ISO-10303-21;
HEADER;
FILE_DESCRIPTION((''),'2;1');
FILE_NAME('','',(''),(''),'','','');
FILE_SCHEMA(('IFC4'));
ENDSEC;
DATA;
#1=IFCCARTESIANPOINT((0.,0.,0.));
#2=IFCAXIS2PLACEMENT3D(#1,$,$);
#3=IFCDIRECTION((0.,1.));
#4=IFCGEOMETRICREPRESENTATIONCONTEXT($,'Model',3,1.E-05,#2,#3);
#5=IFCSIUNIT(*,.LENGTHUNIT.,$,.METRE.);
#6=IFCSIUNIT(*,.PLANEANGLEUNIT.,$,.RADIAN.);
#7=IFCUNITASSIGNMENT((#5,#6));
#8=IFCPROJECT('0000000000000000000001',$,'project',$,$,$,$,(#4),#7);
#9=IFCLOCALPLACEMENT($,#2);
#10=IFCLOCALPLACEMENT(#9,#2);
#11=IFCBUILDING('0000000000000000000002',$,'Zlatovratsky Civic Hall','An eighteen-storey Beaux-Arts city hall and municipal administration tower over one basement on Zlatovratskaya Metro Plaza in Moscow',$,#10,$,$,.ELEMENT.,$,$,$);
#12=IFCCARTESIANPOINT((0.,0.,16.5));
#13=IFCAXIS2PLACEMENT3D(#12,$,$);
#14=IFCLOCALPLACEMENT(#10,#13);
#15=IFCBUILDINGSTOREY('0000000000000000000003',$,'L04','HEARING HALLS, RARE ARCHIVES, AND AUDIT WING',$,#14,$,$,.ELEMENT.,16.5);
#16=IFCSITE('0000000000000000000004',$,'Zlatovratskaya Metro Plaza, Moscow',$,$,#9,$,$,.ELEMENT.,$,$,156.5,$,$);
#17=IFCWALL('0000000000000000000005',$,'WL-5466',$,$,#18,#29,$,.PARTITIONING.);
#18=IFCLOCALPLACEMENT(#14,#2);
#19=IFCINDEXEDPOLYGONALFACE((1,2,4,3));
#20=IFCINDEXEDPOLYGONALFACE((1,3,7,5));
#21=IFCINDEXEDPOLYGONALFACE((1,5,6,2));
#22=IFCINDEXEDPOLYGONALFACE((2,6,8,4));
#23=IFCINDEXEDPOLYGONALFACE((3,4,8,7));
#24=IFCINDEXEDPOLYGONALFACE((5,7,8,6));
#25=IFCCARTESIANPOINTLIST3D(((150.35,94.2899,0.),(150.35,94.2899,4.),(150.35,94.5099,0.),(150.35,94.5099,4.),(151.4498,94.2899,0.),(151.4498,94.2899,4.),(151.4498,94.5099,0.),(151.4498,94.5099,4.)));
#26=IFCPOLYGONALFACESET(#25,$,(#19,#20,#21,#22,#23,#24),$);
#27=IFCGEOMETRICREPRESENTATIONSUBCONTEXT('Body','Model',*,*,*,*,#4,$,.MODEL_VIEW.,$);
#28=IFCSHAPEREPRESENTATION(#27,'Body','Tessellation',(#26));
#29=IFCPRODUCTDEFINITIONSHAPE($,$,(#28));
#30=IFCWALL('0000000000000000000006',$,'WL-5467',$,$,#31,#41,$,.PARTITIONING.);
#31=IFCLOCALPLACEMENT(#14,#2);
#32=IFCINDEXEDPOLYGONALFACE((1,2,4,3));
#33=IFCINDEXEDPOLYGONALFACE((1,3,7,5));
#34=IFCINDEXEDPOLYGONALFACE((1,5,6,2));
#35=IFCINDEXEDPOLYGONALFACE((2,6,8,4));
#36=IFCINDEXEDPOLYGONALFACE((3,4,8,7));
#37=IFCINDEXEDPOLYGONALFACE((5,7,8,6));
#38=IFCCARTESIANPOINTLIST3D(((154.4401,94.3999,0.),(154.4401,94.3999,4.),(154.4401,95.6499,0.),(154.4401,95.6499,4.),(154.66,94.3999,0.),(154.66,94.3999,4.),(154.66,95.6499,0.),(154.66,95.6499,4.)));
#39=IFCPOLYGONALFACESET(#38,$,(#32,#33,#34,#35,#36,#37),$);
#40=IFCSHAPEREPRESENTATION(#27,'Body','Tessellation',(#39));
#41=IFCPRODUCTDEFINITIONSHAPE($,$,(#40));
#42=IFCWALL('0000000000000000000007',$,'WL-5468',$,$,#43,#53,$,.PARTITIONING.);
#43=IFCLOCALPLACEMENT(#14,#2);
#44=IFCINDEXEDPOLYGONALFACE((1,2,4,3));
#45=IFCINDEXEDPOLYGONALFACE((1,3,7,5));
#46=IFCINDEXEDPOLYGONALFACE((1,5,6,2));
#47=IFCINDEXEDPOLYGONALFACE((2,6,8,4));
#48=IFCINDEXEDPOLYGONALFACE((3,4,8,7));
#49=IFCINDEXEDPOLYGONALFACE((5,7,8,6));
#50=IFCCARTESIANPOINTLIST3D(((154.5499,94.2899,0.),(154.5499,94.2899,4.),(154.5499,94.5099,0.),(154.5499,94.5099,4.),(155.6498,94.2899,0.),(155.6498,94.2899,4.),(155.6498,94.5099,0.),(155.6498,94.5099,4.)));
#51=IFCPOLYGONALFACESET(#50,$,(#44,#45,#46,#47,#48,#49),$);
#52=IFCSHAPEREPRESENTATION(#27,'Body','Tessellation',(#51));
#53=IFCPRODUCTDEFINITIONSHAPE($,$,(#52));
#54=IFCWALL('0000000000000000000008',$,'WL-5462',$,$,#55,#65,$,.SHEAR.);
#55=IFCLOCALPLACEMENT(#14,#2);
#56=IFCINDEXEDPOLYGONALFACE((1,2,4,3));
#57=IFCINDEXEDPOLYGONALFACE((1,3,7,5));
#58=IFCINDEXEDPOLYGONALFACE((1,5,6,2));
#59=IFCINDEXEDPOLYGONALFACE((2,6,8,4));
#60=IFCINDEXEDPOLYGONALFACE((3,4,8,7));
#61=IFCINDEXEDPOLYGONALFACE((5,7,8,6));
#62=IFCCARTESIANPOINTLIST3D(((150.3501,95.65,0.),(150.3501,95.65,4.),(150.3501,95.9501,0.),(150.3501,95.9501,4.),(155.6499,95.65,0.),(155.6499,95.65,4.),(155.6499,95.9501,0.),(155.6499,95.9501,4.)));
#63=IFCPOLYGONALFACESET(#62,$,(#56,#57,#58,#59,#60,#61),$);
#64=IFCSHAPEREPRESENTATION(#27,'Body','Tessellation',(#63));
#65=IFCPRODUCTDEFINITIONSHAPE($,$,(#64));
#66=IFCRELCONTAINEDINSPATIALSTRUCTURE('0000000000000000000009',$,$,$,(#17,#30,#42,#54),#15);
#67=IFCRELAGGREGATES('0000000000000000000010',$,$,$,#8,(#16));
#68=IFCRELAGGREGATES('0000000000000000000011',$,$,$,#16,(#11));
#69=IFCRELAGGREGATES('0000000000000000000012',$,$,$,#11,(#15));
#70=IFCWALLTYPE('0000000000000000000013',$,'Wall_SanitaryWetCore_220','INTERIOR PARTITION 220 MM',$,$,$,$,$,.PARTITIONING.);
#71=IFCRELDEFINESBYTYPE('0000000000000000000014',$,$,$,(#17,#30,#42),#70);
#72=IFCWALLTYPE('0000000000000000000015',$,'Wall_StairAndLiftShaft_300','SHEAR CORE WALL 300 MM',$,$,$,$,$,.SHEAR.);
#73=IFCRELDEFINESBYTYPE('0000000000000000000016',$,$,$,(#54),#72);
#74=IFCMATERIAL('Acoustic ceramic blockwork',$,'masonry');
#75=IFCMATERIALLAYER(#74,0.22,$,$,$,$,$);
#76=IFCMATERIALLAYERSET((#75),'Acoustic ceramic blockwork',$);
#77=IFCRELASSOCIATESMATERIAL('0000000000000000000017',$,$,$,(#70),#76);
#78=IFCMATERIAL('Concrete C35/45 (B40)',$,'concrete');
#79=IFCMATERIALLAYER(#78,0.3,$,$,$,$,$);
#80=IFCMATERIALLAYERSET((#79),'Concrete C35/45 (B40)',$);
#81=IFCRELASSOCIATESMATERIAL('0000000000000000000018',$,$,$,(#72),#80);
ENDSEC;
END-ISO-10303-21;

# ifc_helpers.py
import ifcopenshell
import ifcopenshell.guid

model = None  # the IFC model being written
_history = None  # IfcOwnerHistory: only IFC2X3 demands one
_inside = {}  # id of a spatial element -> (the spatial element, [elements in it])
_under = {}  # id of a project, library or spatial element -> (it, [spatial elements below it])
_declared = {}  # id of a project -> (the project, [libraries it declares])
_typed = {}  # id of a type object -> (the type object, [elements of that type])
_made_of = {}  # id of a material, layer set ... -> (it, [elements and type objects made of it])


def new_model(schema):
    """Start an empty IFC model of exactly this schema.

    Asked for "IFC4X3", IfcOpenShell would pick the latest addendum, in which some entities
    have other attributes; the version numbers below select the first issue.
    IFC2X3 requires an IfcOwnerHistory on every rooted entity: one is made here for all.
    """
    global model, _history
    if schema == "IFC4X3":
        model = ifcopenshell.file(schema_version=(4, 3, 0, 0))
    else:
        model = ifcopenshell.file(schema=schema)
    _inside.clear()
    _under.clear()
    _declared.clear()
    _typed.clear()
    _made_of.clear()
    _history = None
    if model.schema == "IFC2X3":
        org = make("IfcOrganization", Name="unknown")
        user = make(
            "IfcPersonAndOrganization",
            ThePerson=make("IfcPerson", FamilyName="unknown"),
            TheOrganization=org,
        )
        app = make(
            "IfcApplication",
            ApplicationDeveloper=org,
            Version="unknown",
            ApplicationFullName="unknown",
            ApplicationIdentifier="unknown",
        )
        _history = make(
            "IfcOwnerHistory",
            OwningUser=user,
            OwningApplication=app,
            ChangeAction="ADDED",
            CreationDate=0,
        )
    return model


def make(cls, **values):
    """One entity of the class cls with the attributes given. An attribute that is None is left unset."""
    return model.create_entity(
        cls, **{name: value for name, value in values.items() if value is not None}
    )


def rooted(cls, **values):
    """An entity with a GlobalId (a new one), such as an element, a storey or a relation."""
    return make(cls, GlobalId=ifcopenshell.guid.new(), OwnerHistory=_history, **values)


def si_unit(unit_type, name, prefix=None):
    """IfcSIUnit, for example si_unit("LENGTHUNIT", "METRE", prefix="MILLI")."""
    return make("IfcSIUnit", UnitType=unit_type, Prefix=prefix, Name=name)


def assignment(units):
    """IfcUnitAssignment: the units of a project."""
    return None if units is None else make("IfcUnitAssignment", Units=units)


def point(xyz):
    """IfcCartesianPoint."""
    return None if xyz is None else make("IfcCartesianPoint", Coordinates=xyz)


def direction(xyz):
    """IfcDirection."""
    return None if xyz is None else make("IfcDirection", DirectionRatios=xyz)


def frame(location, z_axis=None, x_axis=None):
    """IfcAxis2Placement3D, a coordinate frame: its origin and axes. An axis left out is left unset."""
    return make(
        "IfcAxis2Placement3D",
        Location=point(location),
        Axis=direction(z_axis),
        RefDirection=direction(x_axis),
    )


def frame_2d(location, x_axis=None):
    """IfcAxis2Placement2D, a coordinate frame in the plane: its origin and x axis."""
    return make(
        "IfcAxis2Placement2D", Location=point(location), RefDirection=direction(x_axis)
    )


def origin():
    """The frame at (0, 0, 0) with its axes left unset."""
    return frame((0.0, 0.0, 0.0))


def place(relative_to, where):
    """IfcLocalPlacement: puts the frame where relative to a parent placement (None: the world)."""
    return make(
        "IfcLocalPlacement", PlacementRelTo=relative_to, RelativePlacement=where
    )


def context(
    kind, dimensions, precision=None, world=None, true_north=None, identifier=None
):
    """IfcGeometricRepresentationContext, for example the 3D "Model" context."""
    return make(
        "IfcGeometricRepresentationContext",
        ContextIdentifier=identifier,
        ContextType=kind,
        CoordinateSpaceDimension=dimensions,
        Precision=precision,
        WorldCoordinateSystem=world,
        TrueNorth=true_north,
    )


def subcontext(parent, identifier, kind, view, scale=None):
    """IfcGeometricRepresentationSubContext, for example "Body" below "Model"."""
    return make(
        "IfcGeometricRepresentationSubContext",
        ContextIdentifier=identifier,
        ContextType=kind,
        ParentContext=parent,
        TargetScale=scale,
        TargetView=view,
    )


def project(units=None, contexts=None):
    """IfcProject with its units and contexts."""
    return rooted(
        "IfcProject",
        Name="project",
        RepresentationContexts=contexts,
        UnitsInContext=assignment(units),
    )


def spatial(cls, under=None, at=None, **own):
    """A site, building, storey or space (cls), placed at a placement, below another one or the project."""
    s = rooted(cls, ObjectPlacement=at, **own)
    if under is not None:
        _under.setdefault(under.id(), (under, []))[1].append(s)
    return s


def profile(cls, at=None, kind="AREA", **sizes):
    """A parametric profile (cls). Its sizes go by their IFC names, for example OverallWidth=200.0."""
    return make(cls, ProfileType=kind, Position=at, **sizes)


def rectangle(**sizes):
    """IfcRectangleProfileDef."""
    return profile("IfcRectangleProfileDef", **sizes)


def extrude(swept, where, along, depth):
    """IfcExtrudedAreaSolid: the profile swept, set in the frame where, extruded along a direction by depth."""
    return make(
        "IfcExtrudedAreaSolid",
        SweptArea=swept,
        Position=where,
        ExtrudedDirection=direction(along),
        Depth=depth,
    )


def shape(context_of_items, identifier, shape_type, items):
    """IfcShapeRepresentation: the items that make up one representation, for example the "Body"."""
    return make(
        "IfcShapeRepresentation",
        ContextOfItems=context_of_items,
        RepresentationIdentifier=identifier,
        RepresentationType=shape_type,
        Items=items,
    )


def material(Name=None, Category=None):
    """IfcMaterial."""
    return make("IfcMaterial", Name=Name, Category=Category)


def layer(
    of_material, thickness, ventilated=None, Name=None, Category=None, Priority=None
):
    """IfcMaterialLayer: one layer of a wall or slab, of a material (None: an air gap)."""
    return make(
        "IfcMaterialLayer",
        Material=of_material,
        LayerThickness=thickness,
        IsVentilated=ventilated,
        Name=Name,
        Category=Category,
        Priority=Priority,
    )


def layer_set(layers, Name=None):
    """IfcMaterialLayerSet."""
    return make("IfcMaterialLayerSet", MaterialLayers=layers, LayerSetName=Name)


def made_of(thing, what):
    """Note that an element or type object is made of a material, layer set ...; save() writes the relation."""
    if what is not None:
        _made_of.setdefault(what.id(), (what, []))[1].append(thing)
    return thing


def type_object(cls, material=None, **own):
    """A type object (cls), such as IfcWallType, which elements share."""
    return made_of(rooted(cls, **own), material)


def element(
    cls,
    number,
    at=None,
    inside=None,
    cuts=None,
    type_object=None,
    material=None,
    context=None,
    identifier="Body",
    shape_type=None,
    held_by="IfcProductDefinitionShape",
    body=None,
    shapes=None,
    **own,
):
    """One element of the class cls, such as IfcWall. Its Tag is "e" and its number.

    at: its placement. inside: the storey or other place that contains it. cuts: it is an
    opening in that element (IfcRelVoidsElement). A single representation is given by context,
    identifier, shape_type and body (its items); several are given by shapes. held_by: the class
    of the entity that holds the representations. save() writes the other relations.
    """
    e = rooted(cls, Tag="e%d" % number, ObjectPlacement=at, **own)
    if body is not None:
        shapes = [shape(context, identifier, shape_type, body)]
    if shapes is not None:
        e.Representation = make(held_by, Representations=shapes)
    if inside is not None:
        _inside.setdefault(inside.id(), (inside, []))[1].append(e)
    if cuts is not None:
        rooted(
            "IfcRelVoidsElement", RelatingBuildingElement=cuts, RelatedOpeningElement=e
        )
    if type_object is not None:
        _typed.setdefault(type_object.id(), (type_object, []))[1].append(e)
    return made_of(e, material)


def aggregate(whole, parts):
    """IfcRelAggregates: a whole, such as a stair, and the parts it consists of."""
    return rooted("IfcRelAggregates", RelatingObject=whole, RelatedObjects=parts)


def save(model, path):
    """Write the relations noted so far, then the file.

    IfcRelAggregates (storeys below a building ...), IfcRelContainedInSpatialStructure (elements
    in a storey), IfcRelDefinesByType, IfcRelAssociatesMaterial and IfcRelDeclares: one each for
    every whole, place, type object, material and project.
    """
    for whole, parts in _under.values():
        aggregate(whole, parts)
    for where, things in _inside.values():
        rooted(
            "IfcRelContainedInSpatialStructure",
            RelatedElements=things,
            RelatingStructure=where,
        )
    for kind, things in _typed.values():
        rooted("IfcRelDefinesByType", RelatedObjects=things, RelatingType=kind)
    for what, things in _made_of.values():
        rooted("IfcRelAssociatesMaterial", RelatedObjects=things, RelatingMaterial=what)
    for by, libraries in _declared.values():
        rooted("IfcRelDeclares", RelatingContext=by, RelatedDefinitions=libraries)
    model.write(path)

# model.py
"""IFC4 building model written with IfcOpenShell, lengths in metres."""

from ifc_helpers import new_model, si_unit, direction, frame, frame_2d, origin, place, context, subcontext, project, spatial, rectangle, extrude, material, layer, layer_set, type_object, element, save


model = new_model("IFC4")

# Units and contexts
model_context = context("Model", 3, precision=1e-05, world=origin(), true_north=direction((0.0, 1.0)))
body_context = subcontext(model_context, "Body", "Model", "MODEL_VIEW")
ifc_project = project(units=[si_unit("LENGTHUNIT", "METRE"), si_unit("PLANEANGLEUNIT", "RADIAN")], contexts=[model_context])

# Site, building, storey
site_placement = place(None, origin())
site = spatial("IfcSite", under=ifc_project, at=site_placement, Name="Zlatovratskaya Metro Plaza, Moscow", CompositionType="ELEMENT", RefElevation=156.5)
building_placement = place(site_placement, origin())
building = spatial("IfcBuilding", under=site, at=building_placement, Name="Zlatovratsky Civic Hall", Description="An eighteen-storey Beaux-Arts city hall and municipal administration tower over one basement on Zlatovratskaya Metro Plaza in Moscow", CompositionType="ELEMENT")
storey_placement = place(building_placement, frame((0.0, 0.0, 16.5)))
storey = spatial("IfcBuildingStorey", under=building, at=storey_placement, Name="L04", Description="HEARING HALLS, RARE ARCHIVES, AND AUDIT WING", CompositionType="ELEMENT", Elevation=16.5)

# Shared definitions
ifc_material_1 = material(Name="Concrete C35/45 (B40)", Category="concrete")

# Shared definitions
ifc_material_2 = material(Name="Acoustic ceramic blockwork", Category="masonry")

# Walls
ifc_layer_1 = layer(ifc_material_2, 0.22)
ifc_layer_set_1 = layer_set([ifc_layer_1], Name="Acoustic ceramic blockwork")
wall_type_1 = type_object("IfcWallType", Name="Wall_SanitaryWetCore_220", Description="INTERIOR PARTITION 220 MM", PredefinedType="PARTITIONING", material=ifc_layer_set_1)
wall_1_placement = place(storey_placement, frame((150.3501, 94.3999, 0.0), z_axis=(0.0, 0.0, 1.0), x_axis=(1.0, 0.0, 0.0)))
element("IfcWall", 1, at=wall_1_placement, inside=storey, type_object=wall_type_1, Name="WL-5466", PredefinedType="PARTITIONING", context=body_context, shape_type="SweptSolid", body=[
    extrude(rectangle(XDim=1.0999, YDim=0.22, at=frame_2d((0.5498, 0.0))), origin(), (0.0, 0.0, 1.0), 4.0),
])
wall_2_placement = place(storey_placement, frame((154.55, 94.3999, 0.0), z_axis=(0.0, 0.0, 1.0), x_axis=(0.0, 1.0, 0.0)))
element("IfcWall", 2, at=wall_2_placement, inside=storey, type_object=wall_type_1, Name="WL-5467", PredefinedType="PARTITIONING", context=body_context, shape_type="SweptSolid", body=[
    extrude(rectangle(XDim=1.25, YDim=0.22, at=frame_2d((0.625, 0.0))), origin(), (0.0, 0.0, 1.0), 4.0),
])
wall_3_placement = place(storey_placement, frame((154.55, 94.3999, 0.0), z_axis=(0.0, 0.0, 1.0), x_axis=(1.0, 0.0, 0.0)))
element("IfcWall", 3, at=wall_3_placement, inside=storey, type_object=wall_type_1, Name="WL-5468", PredefinedType="PARTITIONING", context=body_context, shape_type="SweptSolid", body=[
    extrude(rectangle(XDim=1.0999, YDim=0.22, at=frame_2d((0.5498, 0.0))), origin(), (0.0, 0.0, 1.0), 4.0),
])
ifc_layer_2 = layer(ifc_material_1, 0.3)
ifc_layer_set_2 = layer_set([ifc_layer_2], Name="Concrete C35/45 (B40)")
wall_type_2 = type_object("IfcWallType", Name="Wall_StairAndLiftShaft_300", Description="SHEAR CORE WALL 300 MM", PredefinedType="SHEAR", material=ifc_layer_set_2)
wall_4_placement = place(storey_placement, frame((150.3501, 95.8, 0.0), z_axis=(0.0, 0.0, 1.0), x_axis=(1.0, 0.0, 0.0)))
element("IfcWall", 4, at=wall_4_placement, inside=storey, type_object=wall_type_2, Name="WL-5462", PredefinedType="SHEAR", context=body_context, shape_type="SweptSolid", body=[
    extrude(rectangle(XDim=5.2998, YDim=0.3, at=frame_2d((2.6499, 0.0))), origin(), (0.0, 0.0, 1.0), 4.0),
])

save(model, "model.ifc")
